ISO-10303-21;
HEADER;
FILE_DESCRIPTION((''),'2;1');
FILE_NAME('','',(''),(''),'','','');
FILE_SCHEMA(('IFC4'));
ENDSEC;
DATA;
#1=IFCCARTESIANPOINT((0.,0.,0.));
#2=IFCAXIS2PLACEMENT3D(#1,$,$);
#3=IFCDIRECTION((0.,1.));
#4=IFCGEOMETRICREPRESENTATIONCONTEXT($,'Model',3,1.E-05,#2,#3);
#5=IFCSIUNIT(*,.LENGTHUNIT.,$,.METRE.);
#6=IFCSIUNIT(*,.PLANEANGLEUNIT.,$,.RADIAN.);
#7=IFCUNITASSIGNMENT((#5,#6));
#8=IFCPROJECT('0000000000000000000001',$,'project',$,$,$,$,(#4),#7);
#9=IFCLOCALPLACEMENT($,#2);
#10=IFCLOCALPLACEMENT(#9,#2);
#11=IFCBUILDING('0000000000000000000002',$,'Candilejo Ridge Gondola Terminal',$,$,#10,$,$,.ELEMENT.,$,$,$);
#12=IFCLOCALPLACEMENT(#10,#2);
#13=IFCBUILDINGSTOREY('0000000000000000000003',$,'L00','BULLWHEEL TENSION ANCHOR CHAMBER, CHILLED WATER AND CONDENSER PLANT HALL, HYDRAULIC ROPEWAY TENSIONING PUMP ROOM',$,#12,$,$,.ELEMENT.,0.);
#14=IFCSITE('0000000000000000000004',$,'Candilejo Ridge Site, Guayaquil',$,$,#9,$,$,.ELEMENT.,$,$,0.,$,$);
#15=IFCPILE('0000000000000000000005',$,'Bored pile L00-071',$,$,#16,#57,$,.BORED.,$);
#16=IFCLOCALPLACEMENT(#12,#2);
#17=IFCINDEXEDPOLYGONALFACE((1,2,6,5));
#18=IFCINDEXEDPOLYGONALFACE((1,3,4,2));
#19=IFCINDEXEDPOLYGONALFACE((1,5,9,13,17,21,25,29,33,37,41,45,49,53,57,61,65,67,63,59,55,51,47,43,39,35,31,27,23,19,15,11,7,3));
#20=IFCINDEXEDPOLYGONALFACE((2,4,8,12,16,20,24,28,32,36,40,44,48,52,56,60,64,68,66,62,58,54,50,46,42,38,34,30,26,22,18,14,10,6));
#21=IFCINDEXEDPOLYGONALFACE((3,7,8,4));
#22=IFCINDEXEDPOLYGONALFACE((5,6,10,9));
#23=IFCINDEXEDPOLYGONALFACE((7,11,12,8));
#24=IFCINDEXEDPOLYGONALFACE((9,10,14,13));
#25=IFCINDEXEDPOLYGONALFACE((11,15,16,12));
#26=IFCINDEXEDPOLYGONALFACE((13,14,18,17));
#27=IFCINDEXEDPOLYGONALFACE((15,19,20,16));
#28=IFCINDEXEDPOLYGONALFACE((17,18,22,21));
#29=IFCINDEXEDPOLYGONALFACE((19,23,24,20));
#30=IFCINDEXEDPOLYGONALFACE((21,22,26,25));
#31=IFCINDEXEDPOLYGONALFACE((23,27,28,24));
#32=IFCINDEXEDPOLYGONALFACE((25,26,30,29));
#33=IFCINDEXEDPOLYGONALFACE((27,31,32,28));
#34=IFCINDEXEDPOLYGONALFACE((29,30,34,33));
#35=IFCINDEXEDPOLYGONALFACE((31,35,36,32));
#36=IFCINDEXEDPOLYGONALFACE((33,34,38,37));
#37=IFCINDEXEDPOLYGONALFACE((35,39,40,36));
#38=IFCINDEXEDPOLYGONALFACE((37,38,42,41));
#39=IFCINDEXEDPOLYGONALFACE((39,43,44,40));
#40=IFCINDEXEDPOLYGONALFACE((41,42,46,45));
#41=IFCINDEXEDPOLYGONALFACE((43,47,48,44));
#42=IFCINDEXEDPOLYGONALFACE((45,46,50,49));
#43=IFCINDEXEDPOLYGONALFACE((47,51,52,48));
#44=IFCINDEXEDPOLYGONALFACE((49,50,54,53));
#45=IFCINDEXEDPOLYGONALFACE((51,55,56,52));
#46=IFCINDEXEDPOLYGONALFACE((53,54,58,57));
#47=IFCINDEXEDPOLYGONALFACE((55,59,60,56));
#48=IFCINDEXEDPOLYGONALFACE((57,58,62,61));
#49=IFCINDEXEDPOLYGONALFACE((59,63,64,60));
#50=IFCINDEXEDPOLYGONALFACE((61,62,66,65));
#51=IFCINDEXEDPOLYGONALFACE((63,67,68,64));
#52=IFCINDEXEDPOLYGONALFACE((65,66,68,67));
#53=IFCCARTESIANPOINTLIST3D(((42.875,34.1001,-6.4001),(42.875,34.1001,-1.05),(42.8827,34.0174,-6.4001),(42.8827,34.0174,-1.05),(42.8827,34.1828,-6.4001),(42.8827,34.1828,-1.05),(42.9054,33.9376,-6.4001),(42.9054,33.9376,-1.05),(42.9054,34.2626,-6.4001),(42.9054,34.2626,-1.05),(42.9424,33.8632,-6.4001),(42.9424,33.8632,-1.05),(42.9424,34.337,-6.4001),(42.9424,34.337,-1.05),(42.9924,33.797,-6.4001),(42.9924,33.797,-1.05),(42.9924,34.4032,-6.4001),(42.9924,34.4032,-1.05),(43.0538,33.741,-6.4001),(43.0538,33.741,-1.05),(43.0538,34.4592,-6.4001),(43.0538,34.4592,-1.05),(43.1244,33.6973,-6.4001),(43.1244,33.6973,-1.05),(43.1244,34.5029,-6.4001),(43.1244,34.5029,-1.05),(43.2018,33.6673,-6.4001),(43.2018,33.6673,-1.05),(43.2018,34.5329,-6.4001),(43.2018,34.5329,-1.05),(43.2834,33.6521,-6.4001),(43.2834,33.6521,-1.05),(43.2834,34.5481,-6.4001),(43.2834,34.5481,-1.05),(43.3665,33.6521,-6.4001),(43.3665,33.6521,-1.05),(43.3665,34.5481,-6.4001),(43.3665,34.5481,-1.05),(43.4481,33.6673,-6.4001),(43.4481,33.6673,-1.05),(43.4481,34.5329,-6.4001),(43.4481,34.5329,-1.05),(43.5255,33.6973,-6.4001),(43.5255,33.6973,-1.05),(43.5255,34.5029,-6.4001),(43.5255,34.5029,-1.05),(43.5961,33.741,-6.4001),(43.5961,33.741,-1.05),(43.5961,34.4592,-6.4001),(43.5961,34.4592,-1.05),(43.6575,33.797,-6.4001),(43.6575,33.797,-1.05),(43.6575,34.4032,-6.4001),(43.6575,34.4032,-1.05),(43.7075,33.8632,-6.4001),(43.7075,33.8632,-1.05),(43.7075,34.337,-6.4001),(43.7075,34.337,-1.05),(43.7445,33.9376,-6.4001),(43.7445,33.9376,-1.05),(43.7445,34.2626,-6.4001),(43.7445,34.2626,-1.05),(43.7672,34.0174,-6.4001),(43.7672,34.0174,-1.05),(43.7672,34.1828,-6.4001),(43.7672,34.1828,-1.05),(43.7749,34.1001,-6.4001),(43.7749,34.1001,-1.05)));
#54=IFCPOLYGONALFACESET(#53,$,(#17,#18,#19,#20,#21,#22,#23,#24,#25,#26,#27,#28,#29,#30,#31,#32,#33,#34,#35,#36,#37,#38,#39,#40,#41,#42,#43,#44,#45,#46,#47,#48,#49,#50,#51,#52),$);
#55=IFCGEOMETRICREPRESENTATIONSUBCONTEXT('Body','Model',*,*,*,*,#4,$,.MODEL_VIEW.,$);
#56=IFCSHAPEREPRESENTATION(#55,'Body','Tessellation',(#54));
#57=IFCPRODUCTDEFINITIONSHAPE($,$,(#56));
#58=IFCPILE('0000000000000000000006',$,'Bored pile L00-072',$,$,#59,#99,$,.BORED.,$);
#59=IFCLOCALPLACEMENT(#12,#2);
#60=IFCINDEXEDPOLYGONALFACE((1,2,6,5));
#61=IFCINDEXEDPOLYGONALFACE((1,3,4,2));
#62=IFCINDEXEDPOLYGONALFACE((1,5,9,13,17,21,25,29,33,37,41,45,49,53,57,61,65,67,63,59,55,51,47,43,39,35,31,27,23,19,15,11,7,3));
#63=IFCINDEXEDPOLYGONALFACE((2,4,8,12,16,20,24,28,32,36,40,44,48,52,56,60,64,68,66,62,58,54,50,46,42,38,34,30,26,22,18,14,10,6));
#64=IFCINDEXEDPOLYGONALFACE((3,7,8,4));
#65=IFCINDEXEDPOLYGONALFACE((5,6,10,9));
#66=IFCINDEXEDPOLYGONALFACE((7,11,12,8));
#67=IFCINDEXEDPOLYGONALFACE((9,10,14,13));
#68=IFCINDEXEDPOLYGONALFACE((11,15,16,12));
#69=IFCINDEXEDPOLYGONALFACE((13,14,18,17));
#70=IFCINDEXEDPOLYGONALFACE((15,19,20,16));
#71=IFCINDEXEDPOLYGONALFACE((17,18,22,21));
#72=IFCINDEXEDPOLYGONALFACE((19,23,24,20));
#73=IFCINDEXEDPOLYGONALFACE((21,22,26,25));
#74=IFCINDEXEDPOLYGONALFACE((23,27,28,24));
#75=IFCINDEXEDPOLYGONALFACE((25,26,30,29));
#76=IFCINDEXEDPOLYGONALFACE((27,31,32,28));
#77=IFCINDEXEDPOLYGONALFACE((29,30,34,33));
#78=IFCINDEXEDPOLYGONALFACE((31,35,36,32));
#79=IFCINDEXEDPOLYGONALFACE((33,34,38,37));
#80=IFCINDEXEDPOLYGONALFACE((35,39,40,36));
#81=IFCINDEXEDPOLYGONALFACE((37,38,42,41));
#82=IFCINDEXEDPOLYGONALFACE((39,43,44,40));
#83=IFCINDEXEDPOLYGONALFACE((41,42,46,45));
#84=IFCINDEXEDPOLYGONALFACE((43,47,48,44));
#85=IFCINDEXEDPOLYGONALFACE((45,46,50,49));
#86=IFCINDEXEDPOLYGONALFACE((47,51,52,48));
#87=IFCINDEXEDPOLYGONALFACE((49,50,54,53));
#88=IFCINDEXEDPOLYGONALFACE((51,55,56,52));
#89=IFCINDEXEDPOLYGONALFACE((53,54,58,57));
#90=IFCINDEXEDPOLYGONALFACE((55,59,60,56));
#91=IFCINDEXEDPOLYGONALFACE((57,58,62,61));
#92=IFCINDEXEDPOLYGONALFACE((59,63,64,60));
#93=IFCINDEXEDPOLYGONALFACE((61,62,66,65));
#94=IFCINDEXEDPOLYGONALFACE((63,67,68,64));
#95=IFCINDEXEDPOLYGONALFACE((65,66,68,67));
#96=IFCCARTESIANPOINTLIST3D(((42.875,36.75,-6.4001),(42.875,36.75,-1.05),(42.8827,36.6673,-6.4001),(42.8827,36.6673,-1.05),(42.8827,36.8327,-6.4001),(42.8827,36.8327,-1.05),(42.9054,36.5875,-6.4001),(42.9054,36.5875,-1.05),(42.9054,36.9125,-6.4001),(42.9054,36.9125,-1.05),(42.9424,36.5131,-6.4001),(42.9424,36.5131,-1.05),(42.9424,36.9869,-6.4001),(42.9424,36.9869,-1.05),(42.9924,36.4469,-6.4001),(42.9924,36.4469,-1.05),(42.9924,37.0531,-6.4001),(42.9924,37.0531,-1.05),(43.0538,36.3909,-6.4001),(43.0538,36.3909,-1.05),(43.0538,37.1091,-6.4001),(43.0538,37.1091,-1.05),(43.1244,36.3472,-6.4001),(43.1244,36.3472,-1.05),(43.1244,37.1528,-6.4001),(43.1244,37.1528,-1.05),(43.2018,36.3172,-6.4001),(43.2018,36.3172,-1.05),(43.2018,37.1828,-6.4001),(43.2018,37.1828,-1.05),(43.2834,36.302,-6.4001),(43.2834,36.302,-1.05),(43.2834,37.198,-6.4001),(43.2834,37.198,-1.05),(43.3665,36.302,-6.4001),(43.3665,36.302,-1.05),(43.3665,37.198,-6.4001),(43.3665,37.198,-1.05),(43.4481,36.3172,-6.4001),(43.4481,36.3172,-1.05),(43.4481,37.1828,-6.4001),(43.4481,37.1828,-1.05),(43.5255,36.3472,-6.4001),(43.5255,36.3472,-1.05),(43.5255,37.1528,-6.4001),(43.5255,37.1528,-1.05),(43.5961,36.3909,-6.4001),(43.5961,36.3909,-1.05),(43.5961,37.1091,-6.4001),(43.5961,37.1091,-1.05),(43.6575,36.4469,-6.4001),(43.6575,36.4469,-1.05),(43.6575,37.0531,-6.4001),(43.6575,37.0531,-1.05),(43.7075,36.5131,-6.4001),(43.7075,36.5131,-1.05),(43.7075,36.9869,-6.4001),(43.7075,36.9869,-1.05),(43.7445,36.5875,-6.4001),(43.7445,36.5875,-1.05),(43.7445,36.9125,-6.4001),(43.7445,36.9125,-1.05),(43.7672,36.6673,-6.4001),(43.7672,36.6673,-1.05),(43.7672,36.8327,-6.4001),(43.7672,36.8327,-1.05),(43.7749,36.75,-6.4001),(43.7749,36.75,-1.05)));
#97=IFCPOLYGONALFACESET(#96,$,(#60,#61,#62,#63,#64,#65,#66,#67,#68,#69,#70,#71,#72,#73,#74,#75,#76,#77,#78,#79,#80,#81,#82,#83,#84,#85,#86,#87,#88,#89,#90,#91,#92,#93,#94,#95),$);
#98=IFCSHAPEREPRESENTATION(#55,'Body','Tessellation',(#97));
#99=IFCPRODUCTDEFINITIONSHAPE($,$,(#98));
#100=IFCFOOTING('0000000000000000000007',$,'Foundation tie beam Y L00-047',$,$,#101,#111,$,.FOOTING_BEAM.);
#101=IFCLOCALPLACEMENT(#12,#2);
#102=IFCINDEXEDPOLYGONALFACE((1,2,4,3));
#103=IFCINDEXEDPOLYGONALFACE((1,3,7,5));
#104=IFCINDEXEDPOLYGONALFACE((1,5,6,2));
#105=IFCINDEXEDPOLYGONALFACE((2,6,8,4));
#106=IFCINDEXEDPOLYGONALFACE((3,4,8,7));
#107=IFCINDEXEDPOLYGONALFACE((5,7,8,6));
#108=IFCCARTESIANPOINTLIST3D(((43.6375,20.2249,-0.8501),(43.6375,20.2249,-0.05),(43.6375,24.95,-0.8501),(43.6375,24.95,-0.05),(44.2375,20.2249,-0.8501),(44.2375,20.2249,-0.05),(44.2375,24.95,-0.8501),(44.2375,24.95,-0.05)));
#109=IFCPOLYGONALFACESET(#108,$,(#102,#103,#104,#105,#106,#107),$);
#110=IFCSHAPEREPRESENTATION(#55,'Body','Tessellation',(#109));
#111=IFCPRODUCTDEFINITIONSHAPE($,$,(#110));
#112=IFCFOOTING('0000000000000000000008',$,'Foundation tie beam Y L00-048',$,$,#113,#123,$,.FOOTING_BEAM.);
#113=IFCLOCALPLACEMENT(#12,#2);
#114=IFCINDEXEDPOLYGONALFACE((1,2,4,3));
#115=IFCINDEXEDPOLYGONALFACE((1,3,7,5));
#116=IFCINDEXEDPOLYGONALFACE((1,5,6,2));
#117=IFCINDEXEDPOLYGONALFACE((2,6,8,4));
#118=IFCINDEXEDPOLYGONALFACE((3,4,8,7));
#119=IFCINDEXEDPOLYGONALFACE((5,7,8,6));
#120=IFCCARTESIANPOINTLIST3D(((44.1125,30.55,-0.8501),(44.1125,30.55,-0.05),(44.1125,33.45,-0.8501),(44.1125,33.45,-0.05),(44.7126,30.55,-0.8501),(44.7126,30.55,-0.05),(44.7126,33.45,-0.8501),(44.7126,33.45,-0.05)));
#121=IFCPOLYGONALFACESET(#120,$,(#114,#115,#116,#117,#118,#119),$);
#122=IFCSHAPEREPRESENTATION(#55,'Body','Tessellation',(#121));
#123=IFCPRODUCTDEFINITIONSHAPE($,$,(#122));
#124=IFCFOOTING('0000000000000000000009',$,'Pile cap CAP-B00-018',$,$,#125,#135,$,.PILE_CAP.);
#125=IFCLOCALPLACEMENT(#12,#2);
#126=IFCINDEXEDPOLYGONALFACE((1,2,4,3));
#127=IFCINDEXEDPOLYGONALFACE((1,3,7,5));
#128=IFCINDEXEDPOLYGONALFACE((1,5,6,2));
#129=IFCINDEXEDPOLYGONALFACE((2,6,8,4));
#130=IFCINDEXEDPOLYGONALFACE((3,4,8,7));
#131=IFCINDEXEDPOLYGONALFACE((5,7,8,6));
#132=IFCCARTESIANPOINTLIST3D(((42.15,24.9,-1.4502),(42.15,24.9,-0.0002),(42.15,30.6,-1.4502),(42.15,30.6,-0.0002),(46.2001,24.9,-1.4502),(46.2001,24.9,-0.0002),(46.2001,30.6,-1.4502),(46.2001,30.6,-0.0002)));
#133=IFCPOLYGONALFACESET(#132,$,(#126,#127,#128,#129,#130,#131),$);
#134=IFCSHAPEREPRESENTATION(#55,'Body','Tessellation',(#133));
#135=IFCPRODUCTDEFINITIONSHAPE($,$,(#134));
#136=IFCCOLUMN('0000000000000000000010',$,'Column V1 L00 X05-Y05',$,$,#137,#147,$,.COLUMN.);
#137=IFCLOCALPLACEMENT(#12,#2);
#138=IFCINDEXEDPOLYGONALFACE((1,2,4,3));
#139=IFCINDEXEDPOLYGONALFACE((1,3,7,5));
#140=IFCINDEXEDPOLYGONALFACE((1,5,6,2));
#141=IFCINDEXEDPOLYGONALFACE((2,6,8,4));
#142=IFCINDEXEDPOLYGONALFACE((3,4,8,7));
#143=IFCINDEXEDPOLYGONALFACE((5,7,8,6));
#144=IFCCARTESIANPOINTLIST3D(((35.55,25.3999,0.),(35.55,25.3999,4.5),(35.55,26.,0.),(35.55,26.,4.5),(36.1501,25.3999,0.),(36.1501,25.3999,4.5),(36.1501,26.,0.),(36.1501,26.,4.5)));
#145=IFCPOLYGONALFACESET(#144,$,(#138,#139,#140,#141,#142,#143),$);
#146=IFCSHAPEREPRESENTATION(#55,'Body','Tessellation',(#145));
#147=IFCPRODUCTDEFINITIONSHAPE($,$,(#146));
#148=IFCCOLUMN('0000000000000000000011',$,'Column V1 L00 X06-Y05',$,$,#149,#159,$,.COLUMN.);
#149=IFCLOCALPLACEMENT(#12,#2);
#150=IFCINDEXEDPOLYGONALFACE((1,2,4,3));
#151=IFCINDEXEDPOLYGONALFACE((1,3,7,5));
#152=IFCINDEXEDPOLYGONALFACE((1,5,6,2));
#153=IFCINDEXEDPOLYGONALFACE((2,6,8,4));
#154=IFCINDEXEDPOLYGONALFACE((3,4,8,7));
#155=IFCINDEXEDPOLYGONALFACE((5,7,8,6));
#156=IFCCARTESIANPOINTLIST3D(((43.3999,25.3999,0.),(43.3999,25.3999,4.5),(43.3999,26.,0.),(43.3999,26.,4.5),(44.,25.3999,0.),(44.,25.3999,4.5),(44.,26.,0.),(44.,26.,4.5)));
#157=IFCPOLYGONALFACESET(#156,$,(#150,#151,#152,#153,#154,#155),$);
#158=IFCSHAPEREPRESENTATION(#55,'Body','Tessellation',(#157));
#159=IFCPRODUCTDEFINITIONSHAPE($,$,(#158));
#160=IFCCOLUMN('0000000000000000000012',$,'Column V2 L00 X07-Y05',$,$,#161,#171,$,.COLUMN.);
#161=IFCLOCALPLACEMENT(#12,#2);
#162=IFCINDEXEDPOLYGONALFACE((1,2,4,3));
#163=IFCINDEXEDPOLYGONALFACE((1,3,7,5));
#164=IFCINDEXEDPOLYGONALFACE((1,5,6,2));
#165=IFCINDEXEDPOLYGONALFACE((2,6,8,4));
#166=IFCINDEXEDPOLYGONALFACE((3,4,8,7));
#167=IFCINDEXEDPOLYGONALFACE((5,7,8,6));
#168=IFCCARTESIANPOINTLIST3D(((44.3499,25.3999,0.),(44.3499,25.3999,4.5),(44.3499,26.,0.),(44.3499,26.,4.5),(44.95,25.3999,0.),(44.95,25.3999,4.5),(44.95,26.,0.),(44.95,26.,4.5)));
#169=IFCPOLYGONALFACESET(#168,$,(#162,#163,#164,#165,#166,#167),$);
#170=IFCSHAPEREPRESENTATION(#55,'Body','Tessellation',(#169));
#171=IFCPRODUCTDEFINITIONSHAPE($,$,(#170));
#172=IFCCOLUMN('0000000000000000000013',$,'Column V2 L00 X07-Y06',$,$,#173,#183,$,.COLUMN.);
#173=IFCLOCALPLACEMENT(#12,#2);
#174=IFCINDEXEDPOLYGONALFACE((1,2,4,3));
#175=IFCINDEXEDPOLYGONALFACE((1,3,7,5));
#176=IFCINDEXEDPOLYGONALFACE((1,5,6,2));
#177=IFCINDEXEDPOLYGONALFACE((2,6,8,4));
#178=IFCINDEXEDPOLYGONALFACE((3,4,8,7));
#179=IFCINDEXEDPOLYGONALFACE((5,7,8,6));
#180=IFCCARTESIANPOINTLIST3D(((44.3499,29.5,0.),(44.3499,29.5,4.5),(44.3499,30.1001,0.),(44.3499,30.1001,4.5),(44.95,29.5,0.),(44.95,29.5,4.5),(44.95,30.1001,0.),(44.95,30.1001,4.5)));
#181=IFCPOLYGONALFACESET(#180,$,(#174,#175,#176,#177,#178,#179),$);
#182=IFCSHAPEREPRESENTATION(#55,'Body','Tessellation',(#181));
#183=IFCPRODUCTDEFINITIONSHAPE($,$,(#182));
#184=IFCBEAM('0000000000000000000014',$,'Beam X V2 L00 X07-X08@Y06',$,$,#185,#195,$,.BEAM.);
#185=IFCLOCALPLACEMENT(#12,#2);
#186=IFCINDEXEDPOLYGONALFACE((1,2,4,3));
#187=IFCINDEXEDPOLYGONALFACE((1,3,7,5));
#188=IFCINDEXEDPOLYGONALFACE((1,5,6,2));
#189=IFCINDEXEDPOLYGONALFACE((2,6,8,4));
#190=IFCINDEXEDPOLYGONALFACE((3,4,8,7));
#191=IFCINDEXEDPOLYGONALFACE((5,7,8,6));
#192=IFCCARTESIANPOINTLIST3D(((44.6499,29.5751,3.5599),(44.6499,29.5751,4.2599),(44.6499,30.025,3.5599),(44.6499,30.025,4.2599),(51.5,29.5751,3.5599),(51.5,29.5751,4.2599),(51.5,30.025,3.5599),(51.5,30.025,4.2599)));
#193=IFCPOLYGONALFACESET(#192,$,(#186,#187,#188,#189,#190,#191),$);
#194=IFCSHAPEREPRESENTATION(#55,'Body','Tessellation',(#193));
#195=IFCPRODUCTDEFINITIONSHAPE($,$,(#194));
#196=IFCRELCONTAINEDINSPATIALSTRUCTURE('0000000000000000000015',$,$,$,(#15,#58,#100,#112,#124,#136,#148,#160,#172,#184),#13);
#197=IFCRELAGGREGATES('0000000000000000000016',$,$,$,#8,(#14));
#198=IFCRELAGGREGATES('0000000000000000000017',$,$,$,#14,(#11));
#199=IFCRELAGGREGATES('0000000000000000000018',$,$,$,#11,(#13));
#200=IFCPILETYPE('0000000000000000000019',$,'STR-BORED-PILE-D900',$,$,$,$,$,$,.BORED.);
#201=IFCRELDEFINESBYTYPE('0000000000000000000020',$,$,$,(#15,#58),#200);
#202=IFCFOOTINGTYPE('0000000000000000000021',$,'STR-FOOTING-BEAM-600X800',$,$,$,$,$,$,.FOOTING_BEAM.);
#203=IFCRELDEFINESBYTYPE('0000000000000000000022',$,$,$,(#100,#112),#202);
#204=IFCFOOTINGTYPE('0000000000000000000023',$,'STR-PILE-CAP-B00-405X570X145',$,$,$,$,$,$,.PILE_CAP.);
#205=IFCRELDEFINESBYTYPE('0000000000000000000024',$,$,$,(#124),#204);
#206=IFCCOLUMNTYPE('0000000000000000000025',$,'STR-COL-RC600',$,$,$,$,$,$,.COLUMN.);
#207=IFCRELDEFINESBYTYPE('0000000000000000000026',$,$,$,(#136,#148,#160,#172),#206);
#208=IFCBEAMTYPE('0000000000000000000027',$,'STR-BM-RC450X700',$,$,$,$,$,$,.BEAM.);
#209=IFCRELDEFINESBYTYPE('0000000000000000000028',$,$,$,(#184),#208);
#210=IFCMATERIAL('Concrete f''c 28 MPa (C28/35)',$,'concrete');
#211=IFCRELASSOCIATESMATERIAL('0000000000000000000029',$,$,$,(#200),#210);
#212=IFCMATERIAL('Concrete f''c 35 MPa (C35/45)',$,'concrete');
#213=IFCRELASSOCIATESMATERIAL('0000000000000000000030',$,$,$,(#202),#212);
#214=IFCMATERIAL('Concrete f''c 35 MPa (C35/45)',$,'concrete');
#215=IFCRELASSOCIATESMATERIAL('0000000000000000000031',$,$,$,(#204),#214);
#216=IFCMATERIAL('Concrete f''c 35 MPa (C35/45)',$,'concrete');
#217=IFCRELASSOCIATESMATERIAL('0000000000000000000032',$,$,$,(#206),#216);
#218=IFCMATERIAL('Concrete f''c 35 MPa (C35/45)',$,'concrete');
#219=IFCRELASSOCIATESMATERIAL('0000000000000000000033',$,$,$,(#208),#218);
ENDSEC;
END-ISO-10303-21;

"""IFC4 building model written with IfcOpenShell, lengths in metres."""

from ifc_helpers import new_model, si_unit, direction, frame, origin, origin_2d, place, context, subcontext, project, spatial, rectangle, circle, extrude, material, material_profile, profile_set, type_object, element, save


model = new_model("IFC4")

# Units and contexts
model_context = context("Model", 3, precision=1e-05, world=origin(), true_north=direction((0.0, 1.0)))
body_context = subcontext(model_context, "Body", "Model", "MODEL_VIEW")
ifc_project = project(units=[si_unit("LENGTHUNIT", "METRE"), si_unit("PLANEANGLEUNIT", "RADIAN")], contexts=[model_context])

# Site, building, storey
site_placement = place(None, origin())
site = spatial("IfcSite", under=ifc_project, at=site_placement, Name="Candilejo Ridge Site, Guayaquil", CompositionType="ELEMENT", RefElevation=0.0)
building_placement = place(site_placement, origin())
building = spatial("IfcBuilding", under=site, at=building_placement, Name="Candilejo Ridge Gondola Terminal", CompositionType="ELEMENT")
storey_placement = place(building_placement, origin())
storey = spatial("IfcBuildingStorey", under=building, at=storey_placement, Name="L00", Description="BULLWHEEL TENSION ANCHOR CHAMBER, CHILLED WATER AND CONDENSER PLANT HALL, HYDRAULIC ROPEWAY TENSIONING PUMP ROOM", CompositionType="ELEMENT", Elevation=0.0)

# Piles
ifc_material_1 = material(Name="Concrete f'c 28 MPa (C28/35)", Category="concrete")
ifc_material_profile_1 = material_profile(ifc_material_1, circle(Radius=0.45, at=origin_2d()))
ifc_profile_set_1 = profile_set([ifc_material_profile_1], Name="Concrete f'c 28 MPa (C28/35)")
pile_type = type_object("IfcPileType", Name="STR-BORED-PILE-D900", PredefinedType="BORED", material=ifc_profile_set_1)
for number, where, z_axis, x_axis, name in (
    (1, (43.325, 34.1001, -1.05), (0.0, 0.0, -1.0), (1.0, 0.0, 0.0), "Bored pile L00-071"),
    (2, (43.325, 36.75, -1.05), (0.0, 0.0, -1.0), (1.0, 0.0, 0.0), "Bored pile L00-072"),
):
    element("IfcPile", number, at=place(storey_placement, frame(where, z_axis=z_axis, x_axis=x_axis)), inside=storey, type_object=pile_type, Name=name, PredefinedType="BORED", context=body_context, shape_type="SweptSolid", body=[
        extrude(circle(Radius=0.45, at=origin_2d()), origin(), (0.0, 0.0, 1.0), 5.3501),
    ])

# Footings
ifc_material_2 = material(Name="Concrete f'c 35 MPa (C35/45)", Category="concrete")
footing_type_1 = type_object("IfcFootingType", Name="STR-FOOTING-BEAM-600X800", PredefinedType="FOOTING_BEAM", material=ifc_material_2)
footing_1_placement = place(storey_placement, frame((43.9375, 22.5874, -0.8501), z_axis=(0.0, 0.0, 1.0), x_axis=(1.0, 0.0, 0.0)))
element("IfcFooting", 3, at=footing_1_placement, inside=storey, type_object=footing_type_1, Name="Foundation tie beam Y L00-047", PredefinedType="FOOTING_BEAM", context=body_context, shape_type="SweptSolid", body=[
    extrude(rectangle(XDim=0.6001, YDim=4.7251, at=origin_2d()), origin(), (0.0, 0.0, 1.0), 0.8),
])
footing_2_placement = place(storey_placement, frame((44.4126, 32.0, -0.8501), z_axis=(0.0, 0.0, 1.0), x_axis=(1.0, 0.0, 0.0)))
element("IfcFooting", 4, at=footing_2_placement, inside=storey, type_object=footing_type_1, Name="Foundation tie beam Y L00-048", PredefinedType="FOOTING_BEAM", context=body_context, shape_type="SweptSolid", body=[
    extrude(rectangle(XDim=0.6001, YDim=2.8999, at=origin_2d()), origin(), (0.0, 0.0, 1.0), 0.8),
])
ifc_material_3 = material(Name="Concrete f'c 35 MPa (C35/45)", Category="concrete")
footing_type_2 = type_object("IfcFootingType", Name="STR-PILE-CAP-B00-405X570X145", PredefinedType="PILE_CAP", material=ifc_material_3)
footing_3_placement = place(storey_placement, frame((44.175, 27.75, -1.4502), z_axis=(0.0, 0.0, 1.0), x_axis=(1.0, 0.0, 0.0)))
element("IfcFooting", 5, at=footing_3_placement, inside=storey, type_object=footing_type_2, Name="Pile cap CAP-B00-018", PredefinedType="PILE_CAP", context=body_context, shape_type="SweptSolid", body=[
    extrude(rectangle(XDim=4.05, YDim=5.7, at=origin_2d()), origin(), (0.0, 0.0, 1.0), 1.45),
])

# Columns
ifc_material_4 = material(Name="Concrete f'c 35 MPa (C35/45)", Category="concrete")
ifc_material_profile_2 = material_profile(ifc_material_4, rectangle(XDim=0.6001, YDim=0.6001, at=origin_2d()))
ifc_profile_set_2 = profile_set([ifc_material_profile_2], Name="Concrete f'c 35 MPa (C35/45)")
column_type = type_object("IfcColumnType", Name="STR-COL-RC600", PredefinedType="COLUMN", material=ifc_profile_set_2)
for number, where, z_axis, x_axis, name in (
    (6, (35.8501, 25.7, 0.0), (0.0, 0.0, 1.0), (1.0, 0.0, 0.0), "Column V1 L00 X05-Y05"),
    (7, (43.7, 25.7, 0.0), (0.0, 0.0, 1.0), (1.0, 0.0, 0.0), "Column V1 L00 X06-Y05"),
    (8, (44.6499, 25.7, 0.0), (0.0, 0.0, 1.0), (1.0, 0.0, 0.0), "Column V2 L00 X07-Y05"),
    (9, (44.6499, 29.8, 0.0), (0.0, 0.0, 1.0), (1.0, 0.0, 0.0), "Column V2 L00 X07-Y06"),
):
    element("IfcColumn", number, at=place(storey_placement, frame(where, z_axis=z_axis, x_axis=x_axis)), inside=storey, type_object=column_type, Name=name, PredefinedType="COLUMN", context=body_context, shape_type="SweptSolid", body=[
        extrude(rectangle(XDim=0.6001, YDim=0.6001, at=origin_2d()), origin(), (0.0, 0.0, 1.0), 4.5),
    ])

# Beam
ifc_material_5 = material(Name="Concrete f'c 35 MPa (C35/45)", Category="concrete")
ifc_material_profile_3 = material_profile(ifc_material_5, rectangle(XDim=0.45, YDim=0.7, at=origin_2d()))
ifc_profile_set_3 = profile_set([ifc_material_profile_3], Name="Concrete f'c 35 MPa (C35/45)")
beam_type_1 = type_object("IfcBeamType", Name="STR-BM-RC450X700", PredefinedType="BEAM", material=ifc_profile_set_3)
beam_1_placement = place(storey_placement, frame((44.6499, 29.8, 3.9099), z_axis=(1.0, 0.0, 0.0), x_axis=(0.0, 1.0, 0.0)))
element("IfcBeam", 10, at=beam_1_placement, inside=storey, type_object=beam_type_1, Name="Beam X V2 L00 X07-X08@Y06", PredefinedType="BEAM", context=body_context, shape_type="SweptSolid", body=[
    extrude(rectangle(XDim=0.45, YDim=0.7, at=origin_2d()), origin(), (0.0, 0.0, 1.0), 6.8501),
])

save(model, "model.ifc")
